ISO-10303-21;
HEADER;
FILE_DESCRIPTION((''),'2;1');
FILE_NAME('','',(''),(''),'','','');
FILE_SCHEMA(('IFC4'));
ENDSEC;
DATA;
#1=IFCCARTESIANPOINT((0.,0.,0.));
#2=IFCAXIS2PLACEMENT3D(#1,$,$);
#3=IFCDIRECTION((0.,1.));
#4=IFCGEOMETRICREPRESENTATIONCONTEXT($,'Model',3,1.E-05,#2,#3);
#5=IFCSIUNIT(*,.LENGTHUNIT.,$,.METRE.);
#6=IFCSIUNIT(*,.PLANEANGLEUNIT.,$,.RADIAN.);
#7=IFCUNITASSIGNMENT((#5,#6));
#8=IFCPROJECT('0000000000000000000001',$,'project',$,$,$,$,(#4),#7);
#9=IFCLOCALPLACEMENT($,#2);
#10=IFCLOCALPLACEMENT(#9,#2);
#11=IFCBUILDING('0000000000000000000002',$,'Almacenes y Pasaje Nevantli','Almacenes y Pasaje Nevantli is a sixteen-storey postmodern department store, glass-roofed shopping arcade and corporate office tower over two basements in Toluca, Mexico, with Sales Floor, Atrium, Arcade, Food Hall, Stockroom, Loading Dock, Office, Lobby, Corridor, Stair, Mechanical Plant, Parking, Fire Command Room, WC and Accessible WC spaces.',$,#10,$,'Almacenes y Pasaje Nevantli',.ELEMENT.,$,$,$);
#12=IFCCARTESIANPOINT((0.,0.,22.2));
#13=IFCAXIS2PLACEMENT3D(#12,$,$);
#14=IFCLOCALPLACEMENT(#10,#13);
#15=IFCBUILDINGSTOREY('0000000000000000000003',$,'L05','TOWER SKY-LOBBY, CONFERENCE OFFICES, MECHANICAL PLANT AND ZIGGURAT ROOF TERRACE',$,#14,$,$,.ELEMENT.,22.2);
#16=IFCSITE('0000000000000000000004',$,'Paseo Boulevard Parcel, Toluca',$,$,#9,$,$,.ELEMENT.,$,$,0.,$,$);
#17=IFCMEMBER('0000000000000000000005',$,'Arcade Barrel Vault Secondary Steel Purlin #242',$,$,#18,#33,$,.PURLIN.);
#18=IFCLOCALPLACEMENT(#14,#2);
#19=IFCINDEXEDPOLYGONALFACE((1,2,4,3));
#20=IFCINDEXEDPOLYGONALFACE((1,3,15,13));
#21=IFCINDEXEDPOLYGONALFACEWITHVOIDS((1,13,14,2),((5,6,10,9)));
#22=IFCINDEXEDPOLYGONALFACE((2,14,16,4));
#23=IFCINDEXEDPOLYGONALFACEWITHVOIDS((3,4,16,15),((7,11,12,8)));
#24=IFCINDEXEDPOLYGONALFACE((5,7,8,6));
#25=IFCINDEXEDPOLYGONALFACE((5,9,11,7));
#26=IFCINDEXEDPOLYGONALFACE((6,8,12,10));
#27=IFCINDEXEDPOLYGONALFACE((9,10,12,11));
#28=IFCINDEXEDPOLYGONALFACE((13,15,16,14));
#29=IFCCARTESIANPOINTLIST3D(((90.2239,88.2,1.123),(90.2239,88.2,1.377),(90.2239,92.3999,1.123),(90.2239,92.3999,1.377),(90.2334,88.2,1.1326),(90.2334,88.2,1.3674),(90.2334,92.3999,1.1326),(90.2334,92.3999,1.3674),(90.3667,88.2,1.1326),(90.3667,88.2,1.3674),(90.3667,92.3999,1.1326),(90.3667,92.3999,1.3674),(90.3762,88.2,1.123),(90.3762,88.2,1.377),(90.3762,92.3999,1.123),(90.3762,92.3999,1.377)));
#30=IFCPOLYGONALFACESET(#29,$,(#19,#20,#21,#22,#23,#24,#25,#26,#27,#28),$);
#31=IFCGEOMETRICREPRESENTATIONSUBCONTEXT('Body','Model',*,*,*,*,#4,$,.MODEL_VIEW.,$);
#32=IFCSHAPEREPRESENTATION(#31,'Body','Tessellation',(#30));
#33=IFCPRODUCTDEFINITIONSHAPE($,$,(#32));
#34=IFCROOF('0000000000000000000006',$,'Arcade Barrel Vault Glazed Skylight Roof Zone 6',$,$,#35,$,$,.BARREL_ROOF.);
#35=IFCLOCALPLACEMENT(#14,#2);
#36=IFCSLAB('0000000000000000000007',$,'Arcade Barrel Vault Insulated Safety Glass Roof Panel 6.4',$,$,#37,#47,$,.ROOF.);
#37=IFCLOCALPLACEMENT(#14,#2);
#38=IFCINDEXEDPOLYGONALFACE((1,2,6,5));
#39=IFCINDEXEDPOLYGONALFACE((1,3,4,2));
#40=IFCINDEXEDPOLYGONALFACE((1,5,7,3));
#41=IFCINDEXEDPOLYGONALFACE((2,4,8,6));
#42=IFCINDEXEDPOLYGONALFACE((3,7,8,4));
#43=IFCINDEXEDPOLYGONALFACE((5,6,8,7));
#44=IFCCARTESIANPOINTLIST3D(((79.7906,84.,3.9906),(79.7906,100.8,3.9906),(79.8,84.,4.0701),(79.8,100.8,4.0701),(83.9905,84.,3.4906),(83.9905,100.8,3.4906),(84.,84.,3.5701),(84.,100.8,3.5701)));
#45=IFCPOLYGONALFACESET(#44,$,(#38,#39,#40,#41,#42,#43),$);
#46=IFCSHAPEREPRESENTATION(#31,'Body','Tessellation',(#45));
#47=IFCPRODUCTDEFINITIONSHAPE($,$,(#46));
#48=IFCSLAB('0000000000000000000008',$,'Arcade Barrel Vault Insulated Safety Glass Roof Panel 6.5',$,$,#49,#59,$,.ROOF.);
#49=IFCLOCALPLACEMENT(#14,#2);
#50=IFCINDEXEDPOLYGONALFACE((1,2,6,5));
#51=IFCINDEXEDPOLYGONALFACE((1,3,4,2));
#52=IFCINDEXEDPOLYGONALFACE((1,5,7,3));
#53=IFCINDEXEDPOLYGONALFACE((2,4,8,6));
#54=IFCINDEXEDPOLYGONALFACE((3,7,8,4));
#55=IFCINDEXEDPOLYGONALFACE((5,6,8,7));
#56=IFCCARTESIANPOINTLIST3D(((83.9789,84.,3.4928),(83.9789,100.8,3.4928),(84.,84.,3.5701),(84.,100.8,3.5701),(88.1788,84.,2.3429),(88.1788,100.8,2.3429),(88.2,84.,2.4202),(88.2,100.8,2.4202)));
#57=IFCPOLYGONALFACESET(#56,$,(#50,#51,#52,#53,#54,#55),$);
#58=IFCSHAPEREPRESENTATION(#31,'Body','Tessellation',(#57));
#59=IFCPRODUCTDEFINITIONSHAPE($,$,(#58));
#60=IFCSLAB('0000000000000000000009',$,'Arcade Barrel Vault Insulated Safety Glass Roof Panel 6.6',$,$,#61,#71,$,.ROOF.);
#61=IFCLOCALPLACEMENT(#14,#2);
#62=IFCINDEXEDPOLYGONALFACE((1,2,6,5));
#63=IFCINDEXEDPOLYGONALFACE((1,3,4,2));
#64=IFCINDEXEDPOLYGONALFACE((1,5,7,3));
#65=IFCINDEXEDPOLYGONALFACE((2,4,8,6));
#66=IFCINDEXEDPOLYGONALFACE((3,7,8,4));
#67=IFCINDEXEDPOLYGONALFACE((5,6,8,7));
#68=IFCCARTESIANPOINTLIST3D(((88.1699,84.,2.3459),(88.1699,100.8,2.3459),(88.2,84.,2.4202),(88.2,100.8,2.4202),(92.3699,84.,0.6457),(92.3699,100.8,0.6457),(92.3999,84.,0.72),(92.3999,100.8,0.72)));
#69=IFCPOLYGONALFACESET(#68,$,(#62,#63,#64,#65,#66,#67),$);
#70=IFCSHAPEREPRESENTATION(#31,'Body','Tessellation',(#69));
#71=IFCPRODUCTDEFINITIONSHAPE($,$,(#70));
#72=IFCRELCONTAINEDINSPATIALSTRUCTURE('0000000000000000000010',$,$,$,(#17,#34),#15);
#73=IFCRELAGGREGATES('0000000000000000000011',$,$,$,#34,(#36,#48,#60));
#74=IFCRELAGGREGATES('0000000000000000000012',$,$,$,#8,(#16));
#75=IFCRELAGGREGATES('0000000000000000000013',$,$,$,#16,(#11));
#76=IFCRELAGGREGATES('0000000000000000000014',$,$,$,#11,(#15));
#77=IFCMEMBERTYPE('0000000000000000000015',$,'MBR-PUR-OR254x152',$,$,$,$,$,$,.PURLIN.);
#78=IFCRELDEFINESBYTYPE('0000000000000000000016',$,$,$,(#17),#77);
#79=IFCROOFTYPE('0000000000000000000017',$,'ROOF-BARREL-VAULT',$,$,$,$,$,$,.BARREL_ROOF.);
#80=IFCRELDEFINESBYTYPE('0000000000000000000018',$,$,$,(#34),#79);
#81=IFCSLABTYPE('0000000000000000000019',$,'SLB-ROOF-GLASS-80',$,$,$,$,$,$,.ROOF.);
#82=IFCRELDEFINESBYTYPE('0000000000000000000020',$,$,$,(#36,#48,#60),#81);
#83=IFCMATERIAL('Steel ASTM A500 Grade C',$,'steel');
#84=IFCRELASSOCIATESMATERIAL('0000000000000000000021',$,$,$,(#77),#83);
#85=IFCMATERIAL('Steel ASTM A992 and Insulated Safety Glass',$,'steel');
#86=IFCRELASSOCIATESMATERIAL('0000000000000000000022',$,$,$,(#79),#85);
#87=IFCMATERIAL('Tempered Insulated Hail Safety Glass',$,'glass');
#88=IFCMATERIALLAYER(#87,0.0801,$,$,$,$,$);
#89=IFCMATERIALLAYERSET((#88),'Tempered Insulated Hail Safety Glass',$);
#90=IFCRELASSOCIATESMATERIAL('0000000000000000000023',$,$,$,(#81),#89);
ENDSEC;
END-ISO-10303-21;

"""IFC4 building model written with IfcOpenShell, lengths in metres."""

from ifc_helpers import new_model, si_unit, direction, frame, origin, origin_2d, place, context, subcontext, project, spatial, polyline, hollow_rectangle, outline, extrude, material, layer, layer_set, material_profile, profile_set, type_object, element, aggregate, save


model = new_model("IFC4")

# Units and contexts
model_context = context("Model", 3, precision=1e-05, world=origin(), true_north=direction((0.0, 1.0)))
body_context = subcontext(model_context, "Body", "Model", "MODEL_VIEW")
ifc_project = project(units=[si_unit("LENGTHUNIT", "METRE"), si_unit("PLANEANGLEUNIT", "RADIAN")], contexts=[model_context])

# Site, building, storey
site_placement = place(None, origin())
site = spatial("IfcSite", under=ifc_project, at=site_placement, Name="Paseo Boulevard Parcel, Toluca", CompositionType="ELEMENT", RefElevation=0.0)
building_placement = place(site_placement, origin())
building = spatial("IfcBuilding", under=site, at=building_placement, Name="Almacenes y Pasaje Nevantli", Description="Almacenes y Pasaje Nevantli is a sixteen-storey postmodern department store, glass-roofed shopping arcade and corporate office tower over two basements in Toluca, Mexico, with Sales Floor, Atrium, Arcade, Food Hall, Stockroom, Loading Dock, Office, Lobby, Corridor, Stair, Mechanical Plant, Parking, Fire Command Room, WC and Accessible WC spaces.", LongName="Almacenes y Pasaje Nevantli", CompositionType="ELEMENT")
storey_placement = place(building_placement, frame((0.0, 0.0, 22.2)))
storey = spatial("IfcBuildingStorey", under=building, at=storey_placement, Name="L05", Description="TOWER SKY-LOBBY, CONFERENCE OFFICES, MECHANICAL PLANT AND ZIGGURAT ROOF TERRACE", CompositionType="ELEMENT", Elevation=22.2)

# Member
ifc_material_1 = material(Name="Steel ASTM A500 Grade C", Category="steel")
ifc_material_profile_1 = material_profile(ifc_material_1, hollow_rectangle(XDim=0.1523, YDim=0.2539, WallThickness=0.0095, at=origin_2d()), Name="OR 254x152x9.5")
ifc_profile_set_1 = profile_set([ifc_material_profile_1], Name="Steel ASTM A500 Grade C")
member_type_1 = type_object("IfcMemberType", Name="MBR-PUR-OR254x152", PredefinedType="PURLIN", material=ifc_profile_set_1)
for number, where, z_axis, x_axis, name in (
    (1, (90.3, 88.2, 1.25), (0.0, 1.0, 0.0), (-1.0, 0.0, 0.0), "Arcade Barrel Vault Secondary Steel Purlin #242"),
):
    element("IfcMember", number, at=place(storey_placement, frame(where, z_axis=z_axis, x_axis=x_axis)), inside=storey, type_object=member_type_1, Name=name, PredefinedType="PURLIN", context=body_context, shape_type="SweptSolid", body=[
        extrude(hollow_rectangle(XDim=0.1523, YDim=0.2539, WallThickness=0.0095, at=origin_2d()), origin(), (0.0, 0.0, 1.0), 4.2),
    ])

# Roof, slabs
ifc_material_2 = material(Name="Steel ASTM A992 and Insulated Safety Glass", Category="steel")
roof_type = type_object("IfcRoofType", Name="ROOF-BARREL-VAULT", PredefinedType="BARREL_ROOF", material=ifc_material_2)
roof_placement = place(storey_placement, origin())
roof = element("IfcRoof", 2, at=roof_placement, inside=storey, type_object=roof_type, Name="Arcade Barrel Vault Glazed Skylight Roof Zone 6", PredefinedType="BARREL_ROOF")
ifc_material_3 = material(Name="Tempered Insulated Hail Safety Glass", Category="glass")
ifc_layer = layer(ifc_material_3, 0.0801)
ifc_layer_set = layer_set([ifc_layer], Name="Tempered Insulated Hail Safety Glass")
slab_type = type_object("IfcSlabType", Name="SLB-ROOF-GLASS-80", PredefinedType="ROOF", material=ifc_layer_set)
slab_1_placement = place(storey_placement, frame((79.8, 84.0, 4.0701), z_axis=(0.118214, 0.0, 0.992988), x_axis=(0.992988, 0.0, -0.118214)))
slab_1 = element("IfcSlab", 3, at=slab_1_placement, type_object=slab_type, Name="Arcade Barrel Vault Insulated Safety Glass Roof Panel 6.4", PredefinedType="ROOF", context=body_context, shape_type="SweptSolid", body=[
    extrude(outline(polyline([(0.0, 0.0), (4.2296, 0.0), (4.2296, 16.8), (0.0, 16.8), (0.0, 0.0)])), origin(), (0.0, 0.0, -1.0), 0.0801),
])
slab_2_placement = place(storey_placement, frame((84.0, 84.0, 3.5701), z_axis=(0.264071, 0.0, 0.964503), x_axis=(0.964503, 0.0, -0.264071)))
slab_2 = element("IfcSlab", 4, at=slab_2_placement, type_object=slab_type, Name="Arcade Barrel Vault Insulated Safety Glass Roof Panel 6.5", PredefinedType="ROOF", context=body_context, shape_type="SweptSolid", body=[
    extrude(outline(polyline([(0.0, 0.0), (4.3545, 0.0), (4.3545, 16.8), (0.0, 16.8), (0.0, 0.0)])), origin(), (0.0, 0.0, -1.0), 0.0801),
])
slab_3_placement = place(storey_placement, frame((88.2, 84.0, 2.4202), z_axis=(0.375234, 0.0, 0.92693), x_axis=(0.92693, 0.0, -0.375234)))
slab_3 = element("IfcSlab", 5, at=slab_3_placement, type_object=slab_type, Name="Arcade Barrel Vault Insulated Safety Glass Roof Panel 6.6", PredefinedType="ROOF", context=body_context, shape_type="SweptSolid", body=[
    extrude(outline(polyline([(0.0, 0.0), (4.531, 0.0), (4.531, 16.8), (0.0, 16.8), (0.0, 0.0)])), origin(), (0.0, 0.0, -1.0), 0.0801),
])
aggregate(roof, [slab_1, slab_2, slab_3])

save(model, "model.ifc")
